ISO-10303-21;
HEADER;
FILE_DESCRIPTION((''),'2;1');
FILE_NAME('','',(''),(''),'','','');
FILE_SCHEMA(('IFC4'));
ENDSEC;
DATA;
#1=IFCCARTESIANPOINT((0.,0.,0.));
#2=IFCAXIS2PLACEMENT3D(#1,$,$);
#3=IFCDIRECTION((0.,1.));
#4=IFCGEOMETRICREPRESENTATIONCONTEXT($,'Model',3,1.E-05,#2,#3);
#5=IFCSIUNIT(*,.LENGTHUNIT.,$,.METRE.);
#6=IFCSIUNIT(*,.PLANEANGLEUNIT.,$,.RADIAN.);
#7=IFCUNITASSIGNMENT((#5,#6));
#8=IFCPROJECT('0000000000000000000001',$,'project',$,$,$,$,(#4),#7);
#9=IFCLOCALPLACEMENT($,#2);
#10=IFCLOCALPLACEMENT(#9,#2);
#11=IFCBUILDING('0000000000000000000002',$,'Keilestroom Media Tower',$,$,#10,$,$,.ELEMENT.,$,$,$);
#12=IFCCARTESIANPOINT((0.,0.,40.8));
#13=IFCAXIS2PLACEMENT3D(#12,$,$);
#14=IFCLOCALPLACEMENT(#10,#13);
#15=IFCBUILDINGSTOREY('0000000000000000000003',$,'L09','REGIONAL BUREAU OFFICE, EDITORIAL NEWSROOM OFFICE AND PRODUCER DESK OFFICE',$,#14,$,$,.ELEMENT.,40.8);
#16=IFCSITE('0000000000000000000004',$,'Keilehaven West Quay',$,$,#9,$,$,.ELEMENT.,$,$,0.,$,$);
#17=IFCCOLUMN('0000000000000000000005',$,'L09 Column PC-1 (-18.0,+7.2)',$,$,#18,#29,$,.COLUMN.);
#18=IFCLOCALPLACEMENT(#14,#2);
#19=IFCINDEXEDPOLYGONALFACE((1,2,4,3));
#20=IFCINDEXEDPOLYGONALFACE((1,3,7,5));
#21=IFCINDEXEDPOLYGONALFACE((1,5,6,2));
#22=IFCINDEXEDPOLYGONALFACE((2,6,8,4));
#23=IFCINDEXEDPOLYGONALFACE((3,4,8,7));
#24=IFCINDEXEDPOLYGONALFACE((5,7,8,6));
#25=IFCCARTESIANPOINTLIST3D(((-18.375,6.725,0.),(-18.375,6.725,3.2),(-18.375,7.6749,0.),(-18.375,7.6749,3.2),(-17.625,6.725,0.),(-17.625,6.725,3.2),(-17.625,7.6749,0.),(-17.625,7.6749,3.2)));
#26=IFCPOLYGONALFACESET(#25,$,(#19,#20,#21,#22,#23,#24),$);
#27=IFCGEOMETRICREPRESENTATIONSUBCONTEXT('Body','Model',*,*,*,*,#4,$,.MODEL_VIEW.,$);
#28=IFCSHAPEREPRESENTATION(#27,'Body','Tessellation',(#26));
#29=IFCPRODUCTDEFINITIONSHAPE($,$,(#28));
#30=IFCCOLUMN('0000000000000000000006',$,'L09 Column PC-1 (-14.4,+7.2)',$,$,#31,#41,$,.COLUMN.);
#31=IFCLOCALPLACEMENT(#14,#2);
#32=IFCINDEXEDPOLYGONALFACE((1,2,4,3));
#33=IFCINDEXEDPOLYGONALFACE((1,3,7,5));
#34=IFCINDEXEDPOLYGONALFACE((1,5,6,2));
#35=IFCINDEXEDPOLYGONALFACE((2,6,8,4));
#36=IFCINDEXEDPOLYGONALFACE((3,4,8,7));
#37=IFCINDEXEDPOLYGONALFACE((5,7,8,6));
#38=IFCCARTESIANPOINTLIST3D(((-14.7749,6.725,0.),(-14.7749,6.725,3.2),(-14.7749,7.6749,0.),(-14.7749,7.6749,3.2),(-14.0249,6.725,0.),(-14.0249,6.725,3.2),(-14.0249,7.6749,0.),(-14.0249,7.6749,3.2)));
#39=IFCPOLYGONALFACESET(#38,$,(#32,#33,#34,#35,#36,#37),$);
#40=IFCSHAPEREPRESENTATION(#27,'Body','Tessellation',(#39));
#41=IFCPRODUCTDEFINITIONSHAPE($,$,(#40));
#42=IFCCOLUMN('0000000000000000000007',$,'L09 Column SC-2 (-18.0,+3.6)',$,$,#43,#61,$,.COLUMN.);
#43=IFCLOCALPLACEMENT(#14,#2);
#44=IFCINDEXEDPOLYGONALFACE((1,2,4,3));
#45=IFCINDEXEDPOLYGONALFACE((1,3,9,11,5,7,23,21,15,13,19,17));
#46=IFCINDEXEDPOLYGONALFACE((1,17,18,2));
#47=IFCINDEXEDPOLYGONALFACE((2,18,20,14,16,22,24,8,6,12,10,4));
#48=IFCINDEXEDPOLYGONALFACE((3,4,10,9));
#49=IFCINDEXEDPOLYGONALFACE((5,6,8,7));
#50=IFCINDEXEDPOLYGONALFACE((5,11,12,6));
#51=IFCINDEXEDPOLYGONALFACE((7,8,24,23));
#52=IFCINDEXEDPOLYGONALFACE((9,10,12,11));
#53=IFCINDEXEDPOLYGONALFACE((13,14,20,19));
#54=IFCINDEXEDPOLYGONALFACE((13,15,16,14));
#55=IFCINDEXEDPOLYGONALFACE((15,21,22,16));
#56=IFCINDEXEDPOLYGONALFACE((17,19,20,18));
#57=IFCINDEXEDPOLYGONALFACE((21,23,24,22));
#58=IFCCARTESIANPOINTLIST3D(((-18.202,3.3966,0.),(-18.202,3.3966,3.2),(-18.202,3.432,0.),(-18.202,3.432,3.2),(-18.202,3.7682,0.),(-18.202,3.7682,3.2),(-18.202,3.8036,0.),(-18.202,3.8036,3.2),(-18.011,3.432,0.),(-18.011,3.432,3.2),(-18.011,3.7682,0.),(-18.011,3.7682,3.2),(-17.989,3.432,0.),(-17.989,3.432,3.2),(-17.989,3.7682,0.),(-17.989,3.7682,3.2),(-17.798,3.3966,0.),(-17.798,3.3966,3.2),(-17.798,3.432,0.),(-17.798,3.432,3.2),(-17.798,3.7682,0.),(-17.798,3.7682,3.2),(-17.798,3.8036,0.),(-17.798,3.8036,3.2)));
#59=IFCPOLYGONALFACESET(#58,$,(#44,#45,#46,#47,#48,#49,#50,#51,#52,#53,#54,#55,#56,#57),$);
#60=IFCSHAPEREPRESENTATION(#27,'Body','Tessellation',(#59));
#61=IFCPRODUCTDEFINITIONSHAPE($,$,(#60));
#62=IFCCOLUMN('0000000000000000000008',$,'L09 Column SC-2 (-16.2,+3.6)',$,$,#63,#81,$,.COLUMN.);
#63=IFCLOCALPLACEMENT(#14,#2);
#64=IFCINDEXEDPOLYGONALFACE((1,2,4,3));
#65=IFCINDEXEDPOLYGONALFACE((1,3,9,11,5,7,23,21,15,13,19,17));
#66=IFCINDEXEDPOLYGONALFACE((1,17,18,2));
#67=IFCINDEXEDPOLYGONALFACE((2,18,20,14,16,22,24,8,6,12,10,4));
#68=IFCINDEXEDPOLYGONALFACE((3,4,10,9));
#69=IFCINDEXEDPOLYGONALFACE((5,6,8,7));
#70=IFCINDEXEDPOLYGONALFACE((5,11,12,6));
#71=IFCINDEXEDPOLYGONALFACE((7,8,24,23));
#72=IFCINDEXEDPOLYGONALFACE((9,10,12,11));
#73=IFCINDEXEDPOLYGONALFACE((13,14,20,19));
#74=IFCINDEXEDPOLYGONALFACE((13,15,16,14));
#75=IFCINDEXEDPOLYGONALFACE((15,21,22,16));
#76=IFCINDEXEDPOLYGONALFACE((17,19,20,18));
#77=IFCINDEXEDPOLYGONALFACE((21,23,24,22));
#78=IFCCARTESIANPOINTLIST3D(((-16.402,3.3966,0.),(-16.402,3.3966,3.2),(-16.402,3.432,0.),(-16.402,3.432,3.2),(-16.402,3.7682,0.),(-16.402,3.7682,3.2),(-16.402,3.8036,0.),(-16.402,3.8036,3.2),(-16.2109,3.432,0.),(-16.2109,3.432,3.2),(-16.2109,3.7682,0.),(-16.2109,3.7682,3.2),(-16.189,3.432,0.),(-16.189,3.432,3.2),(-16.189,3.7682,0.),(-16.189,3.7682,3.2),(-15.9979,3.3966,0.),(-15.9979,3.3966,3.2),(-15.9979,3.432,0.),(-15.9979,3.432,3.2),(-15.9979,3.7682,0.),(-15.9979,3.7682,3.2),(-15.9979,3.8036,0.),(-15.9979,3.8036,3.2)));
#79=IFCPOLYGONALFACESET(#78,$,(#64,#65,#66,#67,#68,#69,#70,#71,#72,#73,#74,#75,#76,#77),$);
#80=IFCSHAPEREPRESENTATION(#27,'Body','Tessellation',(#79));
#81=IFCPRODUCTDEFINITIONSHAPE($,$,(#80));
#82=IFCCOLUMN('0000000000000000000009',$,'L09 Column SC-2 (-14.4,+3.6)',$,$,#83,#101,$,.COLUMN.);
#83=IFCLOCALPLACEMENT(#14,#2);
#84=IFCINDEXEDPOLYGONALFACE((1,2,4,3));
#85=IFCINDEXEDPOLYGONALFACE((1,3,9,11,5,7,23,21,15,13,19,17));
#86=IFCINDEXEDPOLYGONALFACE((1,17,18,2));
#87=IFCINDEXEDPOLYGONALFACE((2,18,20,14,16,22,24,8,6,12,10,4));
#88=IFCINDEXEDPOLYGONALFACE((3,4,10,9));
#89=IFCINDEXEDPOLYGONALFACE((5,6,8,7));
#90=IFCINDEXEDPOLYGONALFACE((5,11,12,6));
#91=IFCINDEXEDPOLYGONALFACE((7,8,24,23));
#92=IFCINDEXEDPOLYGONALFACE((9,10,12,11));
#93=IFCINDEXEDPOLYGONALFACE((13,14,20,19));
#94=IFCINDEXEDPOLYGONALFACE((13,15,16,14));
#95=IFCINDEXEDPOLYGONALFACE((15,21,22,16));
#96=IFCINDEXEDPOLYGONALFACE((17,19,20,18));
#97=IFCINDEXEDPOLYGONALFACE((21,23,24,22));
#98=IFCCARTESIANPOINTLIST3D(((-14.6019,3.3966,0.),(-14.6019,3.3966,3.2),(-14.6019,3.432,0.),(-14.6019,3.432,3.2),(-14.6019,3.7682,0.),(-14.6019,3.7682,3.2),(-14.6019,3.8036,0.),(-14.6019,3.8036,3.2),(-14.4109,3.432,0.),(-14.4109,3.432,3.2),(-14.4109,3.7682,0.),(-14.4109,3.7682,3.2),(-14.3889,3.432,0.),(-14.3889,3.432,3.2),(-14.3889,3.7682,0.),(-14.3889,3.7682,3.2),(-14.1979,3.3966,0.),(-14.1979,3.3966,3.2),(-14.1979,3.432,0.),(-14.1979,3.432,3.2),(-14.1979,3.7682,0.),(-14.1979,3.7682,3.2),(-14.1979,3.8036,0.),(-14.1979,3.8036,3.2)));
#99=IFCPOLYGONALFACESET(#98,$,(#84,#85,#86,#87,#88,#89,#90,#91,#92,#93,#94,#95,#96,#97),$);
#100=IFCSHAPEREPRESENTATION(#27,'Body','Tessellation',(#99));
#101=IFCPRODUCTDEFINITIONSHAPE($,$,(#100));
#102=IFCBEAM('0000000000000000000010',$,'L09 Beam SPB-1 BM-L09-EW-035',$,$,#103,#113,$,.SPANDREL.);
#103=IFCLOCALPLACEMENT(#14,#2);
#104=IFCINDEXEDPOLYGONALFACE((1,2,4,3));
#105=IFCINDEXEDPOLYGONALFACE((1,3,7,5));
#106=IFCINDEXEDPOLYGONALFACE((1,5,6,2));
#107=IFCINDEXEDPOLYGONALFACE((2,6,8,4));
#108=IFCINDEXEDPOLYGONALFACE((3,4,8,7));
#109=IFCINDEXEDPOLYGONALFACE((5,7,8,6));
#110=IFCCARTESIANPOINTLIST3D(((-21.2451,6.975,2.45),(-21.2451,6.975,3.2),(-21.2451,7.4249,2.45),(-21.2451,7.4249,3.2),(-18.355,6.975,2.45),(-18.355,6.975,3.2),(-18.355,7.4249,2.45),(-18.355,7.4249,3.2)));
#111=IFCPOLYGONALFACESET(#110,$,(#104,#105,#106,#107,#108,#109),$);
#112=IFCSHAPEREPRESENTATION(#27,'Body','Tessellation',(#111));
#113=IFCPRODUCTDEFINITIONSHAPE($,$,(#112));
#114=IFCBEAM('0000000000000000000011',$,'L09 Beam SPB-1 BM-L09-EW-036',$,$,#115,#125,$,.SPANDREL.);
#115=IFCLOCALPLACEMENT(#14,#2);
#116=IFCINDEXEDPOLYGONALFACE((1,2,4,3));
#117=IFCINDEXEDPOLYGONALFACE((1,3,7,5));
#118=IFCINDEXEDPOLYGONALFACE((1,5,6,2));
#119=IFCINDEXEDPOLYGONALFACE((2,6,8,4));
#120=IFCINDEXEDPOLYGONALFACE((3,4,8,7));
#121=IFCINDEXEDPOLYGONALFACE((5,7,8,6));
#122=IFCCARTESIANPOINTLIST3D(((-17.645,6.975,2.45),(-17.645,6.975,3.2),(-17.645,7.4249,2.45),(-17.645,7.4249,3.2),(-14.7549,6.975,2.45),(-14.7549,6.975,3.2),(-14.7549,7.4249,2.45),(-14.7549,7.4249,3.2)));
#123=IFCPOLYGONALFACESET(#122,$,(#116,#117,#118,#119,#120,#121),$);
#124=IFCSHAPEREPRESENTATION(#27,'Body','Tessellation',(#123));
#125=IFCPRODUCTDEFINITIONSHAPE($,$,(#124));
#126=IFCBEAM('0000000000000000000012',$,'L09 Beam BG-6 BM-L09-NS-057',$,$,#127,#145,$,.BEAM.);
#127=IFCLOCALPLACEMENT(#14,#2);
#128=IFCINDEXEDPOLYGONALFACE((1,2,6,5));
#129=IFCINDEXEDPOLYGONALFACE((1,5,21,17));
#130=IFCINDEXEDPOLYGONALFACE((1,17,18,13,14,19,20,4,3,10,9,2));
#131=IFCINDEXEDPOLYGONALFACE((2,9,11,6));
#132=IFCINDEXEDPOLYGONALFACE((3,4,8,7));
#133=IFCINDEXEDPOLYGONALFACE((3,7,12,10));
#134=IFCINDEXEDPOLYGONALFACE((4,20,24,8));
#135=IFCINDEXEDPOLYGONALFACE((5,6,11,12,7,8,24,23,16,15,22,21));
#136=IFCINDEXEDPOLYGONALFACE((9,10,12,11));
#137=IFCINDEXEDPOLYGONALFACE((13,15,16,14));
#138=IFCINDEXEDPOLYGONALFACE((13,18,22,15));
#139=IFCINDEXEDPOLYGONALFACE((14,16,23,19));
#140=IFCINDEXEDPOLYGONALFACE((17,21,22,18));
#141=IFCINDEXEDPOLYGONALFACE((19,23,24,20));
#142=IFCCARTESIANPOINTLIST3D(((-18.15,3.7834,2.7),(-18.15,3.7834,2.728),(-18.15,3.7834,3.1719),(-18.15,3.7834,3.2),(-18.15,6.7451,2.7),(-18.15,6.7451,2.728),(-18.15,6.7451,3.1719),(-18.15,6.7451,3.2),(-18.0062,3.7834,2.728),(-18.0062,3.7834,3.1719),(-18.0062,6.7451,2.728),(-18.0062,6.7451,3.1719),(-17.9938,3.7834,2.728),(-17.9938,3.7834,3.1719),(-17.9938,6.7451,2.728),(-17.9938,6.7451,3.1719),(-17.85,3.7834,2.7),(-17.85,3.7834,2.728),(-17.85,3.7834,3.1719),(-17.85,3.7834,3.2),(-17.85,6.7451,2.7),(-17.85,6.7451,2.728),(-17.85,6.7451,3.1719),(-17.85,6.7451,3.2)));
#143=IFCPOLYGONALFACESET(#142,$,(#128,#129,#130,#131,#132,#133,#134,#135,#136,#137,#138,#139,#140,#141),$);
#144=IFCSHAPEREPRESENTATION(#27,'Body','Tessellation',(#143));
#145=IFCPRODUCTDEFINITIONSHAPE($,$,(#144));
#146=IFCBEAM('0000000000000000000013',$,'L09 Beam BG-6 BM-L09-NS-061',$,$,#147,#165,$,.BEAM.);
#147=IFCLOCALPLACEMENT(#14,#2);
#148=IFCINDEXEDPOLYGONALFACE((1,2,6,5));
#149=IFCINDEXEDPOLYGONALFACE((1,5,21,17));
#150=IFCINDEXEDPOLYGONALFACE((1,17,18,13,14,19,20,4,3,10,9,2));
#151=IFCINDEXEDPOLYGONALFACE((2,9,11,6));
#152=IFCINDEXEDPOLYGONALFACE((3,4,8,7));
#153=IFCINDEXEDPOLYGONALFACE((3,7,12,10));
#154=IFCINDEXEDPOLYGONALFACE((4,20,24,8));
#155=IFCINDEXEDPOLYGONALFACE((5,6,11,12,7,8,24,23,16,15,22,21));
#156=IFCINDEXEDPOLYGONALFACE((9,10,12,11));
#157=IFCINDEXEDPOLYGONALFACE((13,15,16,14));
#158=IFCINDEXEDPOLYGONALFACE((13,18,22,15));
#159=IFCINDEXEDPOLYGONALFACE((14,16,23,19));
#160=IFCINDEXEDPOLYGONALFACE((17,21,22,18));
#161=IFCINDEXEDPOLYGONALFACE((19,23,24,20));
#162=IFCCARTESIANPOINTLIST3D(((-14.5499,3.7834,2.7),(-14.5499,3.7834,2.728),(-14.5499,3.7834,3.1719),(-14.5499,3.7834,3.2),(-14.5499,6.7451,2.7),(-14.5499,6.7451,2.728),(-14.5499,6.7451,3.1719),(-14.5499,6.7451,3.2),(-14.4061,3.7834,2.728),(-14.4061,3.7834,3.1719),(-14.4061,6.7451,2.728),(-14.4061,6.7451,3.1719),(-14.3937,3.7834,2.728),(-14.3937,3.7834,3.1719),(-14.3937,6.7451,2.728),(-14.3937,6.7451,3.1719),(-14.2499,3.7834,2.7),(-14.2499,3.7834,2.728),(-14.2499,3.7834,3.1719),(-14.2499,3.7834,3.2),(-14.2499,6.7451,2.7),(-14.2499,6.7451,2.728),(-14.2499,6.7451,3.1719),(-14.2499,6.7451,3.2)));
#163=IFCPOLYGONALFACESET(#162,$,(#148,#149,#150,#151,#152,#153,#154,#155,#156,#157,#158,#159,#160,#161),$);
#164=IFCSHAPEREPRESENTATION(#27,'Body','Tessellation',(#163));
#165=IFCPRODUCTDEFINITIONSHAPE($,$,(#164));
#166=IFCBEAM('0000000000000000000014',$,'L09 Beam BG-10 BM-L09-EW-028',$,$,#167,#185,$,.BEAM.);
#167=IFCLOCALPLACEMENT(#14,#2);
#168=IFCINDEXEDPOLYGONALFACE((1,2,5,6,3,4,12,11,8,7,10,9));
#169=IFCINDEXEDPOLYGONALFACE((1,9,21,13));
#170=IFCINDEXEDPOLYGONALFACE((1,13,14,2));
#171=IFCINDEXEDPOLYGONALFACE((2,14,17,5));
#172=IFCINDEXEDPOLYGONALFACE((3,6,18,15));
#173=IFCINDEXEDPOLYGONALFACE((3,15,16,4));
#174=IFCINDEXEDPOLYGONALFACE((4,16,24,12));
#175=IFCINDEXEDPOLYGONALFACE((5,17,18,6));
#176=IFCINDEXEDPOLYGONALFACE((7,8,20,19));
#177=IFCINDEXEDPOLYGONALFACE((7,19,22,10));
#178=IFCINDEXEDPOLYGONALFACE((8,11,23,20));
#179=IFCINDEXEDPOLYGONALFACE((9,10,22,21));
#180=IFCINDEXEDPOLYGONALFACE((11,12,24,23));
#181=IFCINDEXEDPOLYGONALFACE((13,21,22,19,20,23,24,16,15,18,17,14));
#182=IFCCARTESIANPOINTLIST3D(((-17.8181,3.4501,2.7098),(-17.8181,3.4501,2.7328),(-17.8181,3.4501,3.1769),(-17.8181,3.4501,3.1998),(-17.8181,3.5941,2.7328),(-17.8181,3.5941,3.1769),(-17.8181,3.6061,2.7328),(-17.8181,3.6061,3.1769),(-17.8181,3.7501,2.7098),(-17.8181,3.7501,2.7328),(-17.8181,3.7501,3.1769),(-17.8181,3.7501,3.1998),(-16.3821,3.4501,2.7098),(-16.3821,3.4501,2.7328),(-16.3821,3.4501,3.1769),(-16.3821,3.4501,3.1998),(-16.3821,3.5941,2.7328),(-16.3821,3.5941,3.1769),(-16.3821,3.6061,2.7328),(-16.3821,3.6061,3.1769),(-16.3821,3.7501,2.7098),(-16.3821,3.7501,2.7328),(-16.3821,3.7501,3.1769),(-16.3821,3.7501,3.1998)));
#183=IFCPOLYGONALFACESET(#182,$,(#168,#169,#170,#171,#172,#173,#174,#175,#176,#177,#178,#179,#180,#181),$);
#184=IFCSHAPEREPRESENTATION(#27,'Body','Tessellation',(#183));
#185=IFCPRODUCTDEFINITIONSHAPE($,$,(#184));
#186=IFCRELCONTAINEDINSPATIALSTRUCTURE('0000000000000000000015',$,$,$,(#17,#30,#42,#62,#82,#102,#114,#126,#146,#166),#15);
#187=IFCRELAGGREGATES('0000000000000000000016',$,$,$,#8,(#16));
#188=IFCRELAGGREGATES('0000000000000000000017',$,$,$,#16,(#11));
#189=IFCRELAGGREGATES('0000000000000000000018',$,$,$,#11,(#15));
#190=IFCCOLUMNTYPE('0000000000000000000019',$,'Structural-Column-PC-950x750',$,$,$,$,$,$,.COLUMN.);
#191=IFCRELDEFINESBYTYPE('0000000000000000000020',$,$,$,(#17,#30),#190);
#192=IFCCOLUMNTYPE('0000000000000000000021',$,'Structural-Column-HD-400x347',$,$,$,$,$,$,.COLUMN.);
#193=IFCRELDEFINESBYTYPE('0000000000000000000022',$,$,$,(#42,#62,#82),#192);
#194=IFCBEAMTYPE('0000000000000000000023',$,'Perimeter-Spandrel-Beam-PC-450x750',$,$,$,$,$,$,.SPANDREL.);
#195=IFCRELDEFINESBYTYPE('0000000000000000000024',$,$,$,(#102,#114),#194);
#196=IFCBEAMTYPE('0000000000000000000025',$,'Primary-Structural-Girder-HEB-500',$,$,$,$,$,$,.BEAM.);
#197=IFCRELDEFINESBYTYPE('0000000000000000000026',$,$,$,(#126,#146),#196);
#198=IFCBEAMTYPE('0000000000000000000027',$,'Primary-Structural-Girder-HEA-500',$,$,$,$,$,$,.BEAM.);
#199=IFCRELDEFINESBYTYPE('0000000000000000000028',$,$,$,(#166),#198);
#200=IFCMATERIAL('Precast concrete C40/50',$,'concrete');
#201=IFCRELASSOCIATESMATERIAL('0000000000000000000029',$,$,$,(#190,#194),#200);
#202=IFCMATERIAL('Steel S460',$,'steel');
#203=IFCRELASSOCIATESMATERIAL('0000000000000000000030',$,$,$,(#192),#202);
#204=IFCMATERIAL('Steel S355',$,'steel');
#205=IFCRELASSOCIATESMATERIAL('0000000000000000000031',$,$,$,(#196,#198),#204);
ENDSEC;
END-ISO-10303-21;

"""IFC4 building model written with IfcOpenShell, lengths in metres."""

from ifc_helpers import new_model, si_unit, direction, frame, origin, origin_2d, place, context, subcontext, project, spatial, rectangle, i_section, extrude, source, transform, mapped, material, material_profile, profile_set, type_object, element, save


model = new_model("IFC4")

# Units and contexts
model_context = context("Model", 3, precision=1e-05, world=origin(), true_north=direction((0.0, 1.0)))
body_context = subcontext(model_context, "Body", "Model", "MODEL_VIEW")
ifc_project = project(units=[si_unit("LENGTHUNIT", "METRE"), si_unit("PLANEANGLEUNIT", "RADIAN")], contexts=[model_context])

# Site, building, storey
site_placement = place(None, origin())
site = spatial("IfcSite", under=ifc_project, at=site_placement, Name="Keilehaven West Quay", CompositionType="ELEMENT", RefElevation=0.0)
building_placement = place(site_placement, origin())
building = spatial("IfcBuilding", under=site, at=building_placement, Name="Keilestroom Media Tower", CompositionType="ELEMENT")
storey_placement = place(building_placement, frame((0.0, 0.0, 40.8)))
storey = spatial("IfcBuildingStorey", under=building, at=storey_placement, Name="L09", Description="REGIONAL BUREAU OFFICE, EDITORIAL NEWSROOM OFFICE AND PRODUCER DESK OFFICE", CompositionType="ELEMENT", Elevation=40.8)

# Columns
ifc_material_1 = material(Name="Precast concrete C40/50", Category="concrete")
ifc_material_profile_1 = material_profile(ifc_material_1, rectangle(XDim=0.75, YDim=0.95, at=origin_2d()), Name="PC 950x750")
ifc_profile_set_1 = profile_set([ifc_material_profile_1], Name="Precast concrete C40/50")
column_type_1 = type_object("IfcColumnType", Name="Structural-Column-PC-950x750", PredefinedType="COLUMN", material=ifc_profile_set_1)
shared_shape_1 = source(origin(), body_context, "Body", "SweptSolid", [
    extrude(rectangle(XDim=0.75, YDim=0.95, at=origin_2d()), origin(), (0.0, 0.0, 1.0), 3.2),
])
for number, where, z_axis, x_axis, name in (
    (1, (-18.0, 7.2, 0.0), (0.0, 0.0, 1.0), (1.0, 0.0, 0.0), "L09 Column PC-1 (-18.0,+7.2)"),
    (2, (-14.3999, 7.2, 0.0), (0.0, 0.0, 1.0), (1.0, 0.0, 0.0), "L09 Column PC-1 (-14.4,+7.2)"),
):
    element("IfcColumn", number, at=place(storey_placement, frame(where, z_axis=z_axis, x_axis=x_axis)), inside=storey, type_object=column_type_1, Name=name, PredefinedType="COLUMN", context=body_context, shape_type="MappedRepresentation", body=[
        mapped(shared_shape_1, transform((0.0, 0.0, 0.0), x_axis=(1.0, 0.0, 0.0), y_axis=(0.0, 1.0, 0.0), z_axis=(0.0, 0.0, 1.0), scale=1.0)),
    ])
ifc_material_2 = material(Name="Steel S460", Category="steel")
ifc_material_profile_2 = material_profile(ifc_material_2, i_section(OverallWidth=0.4041, OverallDepth=0.407, WebThickness=0.022, FlangeThickness=0.0354, at=origin_2d()), Name="HD 400x347")
ifc_profile_set_2 = profile_set([ifc_material_profile_2], Name="Steel S460")
column_type_2 = type_object("IfcColumnType", Name="Structural-Column-HD-400x347", PredefinedType="COLUMN", material=ifc_profile_set_2)
shared_shape_2 = source(origin(), body_context, "Body", "SweptSolid", [
    extrude(i_section(OverallWidth=0.4041, OverallDepth=0.407, WebThickness=0.022, FlangeThickness=0.0354, at=origin_2d()), origin(), (0.0, 0.0, 1.0), 3.2),
])
for number, where, z_axis, x_axis, name in (
    (3, (-18.0, 3.6001, 0.0), (0.0, 0.0, 1.0), (1.0, 0.0, 0.0), "L09 Column SC-2 (-18.0,+3.6)"),
    (4, (-16.2, 3.6001, 0.0), (0.0, 0.0, 1.0), (1.0, 0.0, 0.0), "L09 Column SC-2 (-16.2,+3.6)"),
    (5, (-14.3999, 3.6001, 0.0), (0.0, 0.0, 1.0), (1.0, 0.0, 0.0), "L09 Column SC-2 (-14.4,+3.6)"),
):
    element("IfcColumn", number, at=place(storey_placement, frame(where, z_axis=z_axis, x_axis=x_axis)), inside=storey, type_object=column_type_2, Name=name, PredefinedType="COLUMN", context=body_context, shape_type="MappedRepresentation", body=[
        mapped(shared_shape_2, transform((0.0, 0.0, 0.0), x_axis=(1.0, 0.0, 0.0), y_axis=(0.0, 1.0, 0.0), z_axis=(0.0, 0.0, 1.0), scale=1.0)),
    ])

# Beams
ifc_material_profile_3 = material_profile(ifc_material_1, rectangle(XDim=0.45, YDim=0.75, at=origin_2d()), Name="PC 450x750")
ifc_profile_set_3 = profile_set([ifc_material_profile_3], Name="Precast concrete C40/50")
beam_type_1 = type_object("IfcBeamType", Name="Perimeter-Spandrel-Beam-PC-450x750", PredefinedType="SPANDREL", material=ifc_profile_set_3)
shared_shape_3 = source(origin(), body_context, "Body", "SweptSolid", [
    extrude(rectangle(XDim=0.45, YDim=0.75, at=origin_2d()), origin(), (0.0, 0.0, 1.0), 2.8901),
])
for number, where, z_axis, x_axis, name in (
    (6, (-21.2451, 7.2, 2.825), (1.0, 0.0, 0.0), (0.0, 1.0, 0.0), "L09 Beam SPB-1 BM-L09-EW-035"),
    (7, (-17.645, 7.2, 2.825), (1.0, 0.0, 0.0), (0.0, 1.0, 0.0), "L09 Beam SPB-1 BM-L09-EW-036"),
):
    element("IfcBeam", number, at=place(storey_placement, frame(where, z_axis=z_axis, x_axis=x_axis)), inside=storey, type_object=beam_type_1, Name=name, PredefinedType="SPANDREL", context=body_context, shape_type="MappedRepresentation", body=[
        mapped(shared_shape_3, transform((0.0, 0.0, 0.0), x_axis=(1.0, 0.0, 0.0), y_axis=(0.0, 1.0, 0.0), z_axis=(0.0, 0.0, 1.0), scale=1.0)),
    ])
ifc_material_3 = material(Name="Steel S355", Category="steel")
ifc_material_profile_4 = material_profile(ifc_material_3, i_section(OverallWidth=0.3, OverallDepth=0.5, WebThickness=0.0125, FlangeThickness=0.0281, at=origin_2d()), Name="HEB 500")
ifc_profile_set_4 = profile_set([ifc_material_profile_4], Name="Steel S355")
beam_type_2 = type_object("IfcBeamType", Name="Primary-Structural-Girder-HEB-500", PredefinedType="BEAM", material=ifc_profile_set_4)
shared_shape_4 = source(origin(), body_context, "Body", "SweptSolid", [
    extrude(i_section(OverallWidth=0.3, OverallDepth=0.5, WebThickness=0.0125, FlangeThickness=0.0281, at=origin_2d()), origin(), (0.0, 0.0, 1.0), 2.9617),
])
for number, where, z_axis, x_axis, name in (
    (8, (-18.0, 3.7834, 2.95), (0.0, 1.0, 0.0), (-1.0, 0.0, 0.0), "L09 Beam BG-6 BM-L09-NS-057"),
    (9, (-14.3999, 3.7834, 2.95), (0.0, 1.0, 0.0), (-1.0, 0.0, 0.0), "L09 Beam BG-6 BM-L09-NS-061"),
):
    element("IfcBeam", number, at=place(storey_placement, frame(where, z_axis=z_axis, x_axis=x_axis)), inside=storey, type_object=beam_type_2, Name=name, PredefinedType="BEAM", context=body_context, shape_type="MappedRepresentation", body=[
        mapped(shared_shape_4, transform((0.0, 0.0, 0.0), x_axis=(1.0, 0.0, 0.0), y_axis=(0.0, 1.0, 0.0), z_axis=(0.0, 0.0, 1.0), scale=1.0)),
    ])
ifc_material_profile_5 = material_profile(ifc_material_3, i_section(OverallWidth=0.3, OverallDepth=0.49, WebThickness=0.012, FlangeThickness=0.0229, at=origin_2d()), Name="HEA 500")
ifc_profile_set_5 = profile_set([ifc_material_profile_5], Name="Steel S355")
beam_type_3 = type_object("IfcBeamType", Name="Primary-Structural-Girder-HEA-500", PredefinedType="BEAM", material=ifc_profile_set_5)
shared_shape_5 = source(origin(), body_context, "Body", "SweptSolid", [
    extrude(i_section(OverallWidth=0.3, OverallDepth=0.49, WebThickness=0.012, FlangeThickness=0.0229, at=origin_2d()), origin(), (0.0, 0.0, 1.0), 1.436),
])
for number, where, z_axis, x_axis, name in (
    (10, (-17.8181, 3.6001, 2.9548), (1.0, 0.0, 0.0), (0.0, 1.0, 0.0), "L09 Beam BG-10 BM-L09-EW-028"),
):
    element("IfcBeam", number, at=place(storey_placement, frame(where, z_axis=z_axis, x_axis=x_axis)), inside=storey, type_object=beam_type_3, Name=name, PredefinedType="BEAM", context=body_context, shape_type="MappedRepresentation", body=[
        mapped(shared_shape_5, transform((0.0, 0.0, 0.0), x_axis=(1.0, 0.0, 0.0), y_axis=(0.0, 1.0, 0.0), z_axis=(0.0, 0.0, 1.0), scale=1.0)),
    ])

save(model, "model.ifc")
